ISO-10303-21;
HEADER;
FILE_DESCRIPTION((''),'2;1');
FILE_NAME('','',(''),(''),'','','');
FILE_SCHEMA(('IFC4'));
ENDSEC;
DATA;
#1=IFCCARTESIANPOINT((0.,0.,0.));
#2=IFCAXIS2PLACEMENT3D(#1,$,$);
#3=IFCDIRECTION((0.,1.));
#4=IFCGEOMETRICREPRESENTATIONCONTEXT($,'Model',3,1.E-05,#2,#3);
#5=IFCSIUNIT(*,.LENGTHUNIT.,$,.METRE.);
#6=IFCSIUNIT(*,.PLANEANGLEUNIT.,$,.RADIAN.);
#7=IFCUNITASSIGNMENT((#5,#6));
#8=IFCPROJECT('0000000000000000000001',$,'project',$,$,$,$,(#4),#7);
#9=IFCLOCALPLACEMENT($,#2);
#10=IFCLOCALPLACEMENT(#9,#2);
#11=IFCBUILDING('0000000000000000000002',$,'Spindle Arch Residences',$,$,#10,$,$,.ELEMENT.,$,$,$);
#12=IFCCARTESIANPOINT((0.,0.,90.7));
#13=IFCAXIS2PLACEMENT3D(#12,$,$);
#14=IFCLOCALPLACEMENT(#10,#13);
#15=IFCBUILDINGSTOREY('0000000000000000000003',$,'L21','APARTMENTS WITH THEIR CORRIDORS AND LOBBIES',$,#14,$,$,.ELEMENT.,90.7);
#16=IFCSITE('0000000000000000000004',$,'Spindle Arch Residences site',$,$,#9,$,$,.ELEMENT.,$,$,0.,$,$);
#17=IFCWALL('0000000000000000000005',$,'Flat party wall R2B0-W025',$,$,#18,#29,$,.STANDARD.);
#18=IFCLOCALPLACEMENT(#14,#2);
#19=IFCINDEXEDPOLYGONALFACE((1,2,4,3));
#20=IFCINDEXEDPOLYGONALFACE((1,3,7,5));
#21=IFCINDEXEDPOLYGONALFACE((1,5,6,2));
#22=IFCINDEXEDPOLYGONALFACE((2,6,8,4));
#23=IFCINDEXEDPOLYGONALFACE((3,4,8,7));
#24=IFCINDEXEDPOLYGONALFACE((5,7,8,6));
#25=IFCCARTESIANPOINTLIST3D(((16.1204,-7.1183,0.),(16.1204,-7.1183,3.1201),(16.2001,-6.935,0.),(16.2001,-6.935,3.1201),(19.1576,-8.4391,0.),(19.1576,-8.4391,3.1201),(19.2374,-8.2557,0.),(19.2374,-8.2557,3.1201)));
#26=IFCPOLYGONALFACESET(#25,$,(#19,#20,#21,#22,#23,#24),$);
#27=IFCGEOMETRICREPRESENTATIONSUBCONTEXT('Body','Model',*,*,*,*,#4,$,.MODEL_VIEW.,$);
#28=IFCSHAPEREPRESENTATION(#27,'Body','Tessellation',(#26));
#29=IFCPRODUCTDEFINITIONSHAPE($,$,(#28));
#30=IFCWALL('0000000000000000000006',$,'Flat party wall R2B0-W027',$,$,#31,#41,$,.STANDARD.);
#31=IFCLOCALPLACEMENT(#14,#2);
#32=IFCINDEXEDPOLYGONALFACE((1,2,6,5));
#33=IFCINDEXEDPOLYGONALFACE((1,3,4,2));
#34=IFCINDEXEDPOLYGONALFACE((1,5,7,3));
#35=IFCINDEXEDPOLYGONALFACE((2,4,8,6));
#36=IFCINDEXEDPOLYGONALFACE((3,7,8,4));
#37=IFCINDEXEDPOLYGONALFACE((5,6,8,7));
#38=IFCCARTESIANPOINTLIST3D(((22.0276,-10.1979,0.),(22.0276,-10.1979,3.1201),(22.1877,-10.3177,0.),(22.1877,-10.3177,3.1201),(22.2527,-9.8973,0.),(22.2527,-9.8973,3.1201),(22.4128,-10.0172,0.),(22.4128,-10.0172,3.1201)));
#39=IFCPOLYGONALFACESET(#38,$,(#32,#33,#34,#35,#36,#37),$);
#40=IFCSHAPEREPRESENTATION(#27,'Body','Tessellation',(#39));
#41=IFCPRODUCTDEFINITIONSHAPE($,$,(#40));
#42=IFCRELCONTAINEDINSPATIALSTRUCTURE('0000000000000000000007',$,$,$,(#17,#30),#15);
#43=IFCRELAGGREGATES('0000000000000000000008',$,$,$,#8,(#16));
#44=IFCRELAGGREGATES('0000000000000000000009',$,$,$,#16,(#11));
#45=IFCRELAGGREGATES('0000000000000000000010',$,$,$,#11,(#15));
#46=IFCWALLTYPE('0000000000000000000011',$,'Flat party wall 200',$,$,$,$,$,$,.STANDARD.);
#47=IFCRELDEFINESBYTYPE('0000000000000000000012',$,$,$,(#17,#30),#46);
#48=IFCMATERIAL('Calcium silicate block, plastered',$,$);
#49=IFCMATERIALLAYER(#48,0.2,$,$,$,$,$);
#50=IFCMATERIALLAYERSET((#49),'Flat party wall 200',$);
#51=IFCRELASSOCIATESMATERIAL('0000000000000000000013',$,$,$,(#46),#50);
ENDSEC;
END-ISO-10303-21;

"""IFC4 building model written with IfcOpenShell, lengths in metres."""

from ifc_helpers import new_model, si_unit, direction, frame, frame_2d, origin, place, context, subcontext, project, spatial, rectangle, extrude, material, layer, layer_set, type_object, element, save


model = new_model("IFC4")

# Units and contexts
model_context = context("Model", 3, precision=1e-05, world=origin(), true_north=direction((0.0, 1.0)))
body_context = subcontext(model_context, "Body", "Model", "MODEL_VIEW")
ifc_project = project(units=[si_unit("LENGTHUNIT", "METRE"), si_unit("PLANEANGLEUNIT", "RADIAN")], contexts=[model_context])

# Site, building, storey
site_placement = place(None, origin())
site = spatial("IfcSite", under=ifc_project, at=site_placement, Name="Spindle Arch Residences site", CompositionType="ELEMENT", RefElevation=0.0)
building_placement = place(site_placement, origin())
building = spatial("IfcBuilding", under=site, at=building_placement, Name="Spindle Arch Residences", CompositionType="ELEMENT")
storey_placement = place(building_placement, frame((0.0, 0.0, 90.7)))
storey = spatial("IfcBuildingStorey", under=building, at=storey_placement, Name="L21", Description="APARTMENTS WITH THEIR CORRIDORS AND LOBBIES", CompositionType="ELEMENT", Elevation=90.7)

# Walls
ifc_material_1 = material(Name="Calcium silicate block, plastered")
ifc_layer_1 = layer(ifc_material_1, 0.2)
ifc_layer_set_1 = layer_set([ifc_layer_1], Name="Flat party wall 200")
wall_type_1 = type_object("IfcWallType", Name="Flat party wall 200", PredefinedType="STANDARD", material=ifc_layer_set_1)
wall_1_placement = place(storey_placement, frame((19.1975, -8.3474, 0.0), z_axis=(0.0, 0.0, 1.0), x_axis=(-0.917047, 0.39878, 0.0)))
element("IfcWall", 1, at=wall_1_placement, inside=storey, type_object=wall_type_1, Name="Flat party wall R2B0-W025", PredefinedType="STANDARD", context=body_context, shape_type="SweptSolid", body=[
    extrude(rectangle(XDim=3.312, YDim=0.2, at=frame_2d((1.656, 0.0))), origin(), (0.0, 0.0, 1.0), 3.1201),
])
wall_2_placement = place(storey_placement, frame((22.3328, -9.9573, 0.0), z_axis=(0.0, 0.0, 1.0), x_axis=(-0.59948, -0.80039, 0.0)))
element("IfcWall", 2, at=wall_2_placement, inside=storey, type_object=wall_type_1, Name="Flat party wall R2B0-W027", PredefinedType="STANDARD", context=body_context, shape_type="SweptSolid", body=[
    extrude(rectangle(XDim=0.3755, YDim=0.2, at=frame_2d((0.1877, 0.0))), origin(), (0.0, 0.0, 1.0), 3.1201),
])

save(model, "model.ifc")
